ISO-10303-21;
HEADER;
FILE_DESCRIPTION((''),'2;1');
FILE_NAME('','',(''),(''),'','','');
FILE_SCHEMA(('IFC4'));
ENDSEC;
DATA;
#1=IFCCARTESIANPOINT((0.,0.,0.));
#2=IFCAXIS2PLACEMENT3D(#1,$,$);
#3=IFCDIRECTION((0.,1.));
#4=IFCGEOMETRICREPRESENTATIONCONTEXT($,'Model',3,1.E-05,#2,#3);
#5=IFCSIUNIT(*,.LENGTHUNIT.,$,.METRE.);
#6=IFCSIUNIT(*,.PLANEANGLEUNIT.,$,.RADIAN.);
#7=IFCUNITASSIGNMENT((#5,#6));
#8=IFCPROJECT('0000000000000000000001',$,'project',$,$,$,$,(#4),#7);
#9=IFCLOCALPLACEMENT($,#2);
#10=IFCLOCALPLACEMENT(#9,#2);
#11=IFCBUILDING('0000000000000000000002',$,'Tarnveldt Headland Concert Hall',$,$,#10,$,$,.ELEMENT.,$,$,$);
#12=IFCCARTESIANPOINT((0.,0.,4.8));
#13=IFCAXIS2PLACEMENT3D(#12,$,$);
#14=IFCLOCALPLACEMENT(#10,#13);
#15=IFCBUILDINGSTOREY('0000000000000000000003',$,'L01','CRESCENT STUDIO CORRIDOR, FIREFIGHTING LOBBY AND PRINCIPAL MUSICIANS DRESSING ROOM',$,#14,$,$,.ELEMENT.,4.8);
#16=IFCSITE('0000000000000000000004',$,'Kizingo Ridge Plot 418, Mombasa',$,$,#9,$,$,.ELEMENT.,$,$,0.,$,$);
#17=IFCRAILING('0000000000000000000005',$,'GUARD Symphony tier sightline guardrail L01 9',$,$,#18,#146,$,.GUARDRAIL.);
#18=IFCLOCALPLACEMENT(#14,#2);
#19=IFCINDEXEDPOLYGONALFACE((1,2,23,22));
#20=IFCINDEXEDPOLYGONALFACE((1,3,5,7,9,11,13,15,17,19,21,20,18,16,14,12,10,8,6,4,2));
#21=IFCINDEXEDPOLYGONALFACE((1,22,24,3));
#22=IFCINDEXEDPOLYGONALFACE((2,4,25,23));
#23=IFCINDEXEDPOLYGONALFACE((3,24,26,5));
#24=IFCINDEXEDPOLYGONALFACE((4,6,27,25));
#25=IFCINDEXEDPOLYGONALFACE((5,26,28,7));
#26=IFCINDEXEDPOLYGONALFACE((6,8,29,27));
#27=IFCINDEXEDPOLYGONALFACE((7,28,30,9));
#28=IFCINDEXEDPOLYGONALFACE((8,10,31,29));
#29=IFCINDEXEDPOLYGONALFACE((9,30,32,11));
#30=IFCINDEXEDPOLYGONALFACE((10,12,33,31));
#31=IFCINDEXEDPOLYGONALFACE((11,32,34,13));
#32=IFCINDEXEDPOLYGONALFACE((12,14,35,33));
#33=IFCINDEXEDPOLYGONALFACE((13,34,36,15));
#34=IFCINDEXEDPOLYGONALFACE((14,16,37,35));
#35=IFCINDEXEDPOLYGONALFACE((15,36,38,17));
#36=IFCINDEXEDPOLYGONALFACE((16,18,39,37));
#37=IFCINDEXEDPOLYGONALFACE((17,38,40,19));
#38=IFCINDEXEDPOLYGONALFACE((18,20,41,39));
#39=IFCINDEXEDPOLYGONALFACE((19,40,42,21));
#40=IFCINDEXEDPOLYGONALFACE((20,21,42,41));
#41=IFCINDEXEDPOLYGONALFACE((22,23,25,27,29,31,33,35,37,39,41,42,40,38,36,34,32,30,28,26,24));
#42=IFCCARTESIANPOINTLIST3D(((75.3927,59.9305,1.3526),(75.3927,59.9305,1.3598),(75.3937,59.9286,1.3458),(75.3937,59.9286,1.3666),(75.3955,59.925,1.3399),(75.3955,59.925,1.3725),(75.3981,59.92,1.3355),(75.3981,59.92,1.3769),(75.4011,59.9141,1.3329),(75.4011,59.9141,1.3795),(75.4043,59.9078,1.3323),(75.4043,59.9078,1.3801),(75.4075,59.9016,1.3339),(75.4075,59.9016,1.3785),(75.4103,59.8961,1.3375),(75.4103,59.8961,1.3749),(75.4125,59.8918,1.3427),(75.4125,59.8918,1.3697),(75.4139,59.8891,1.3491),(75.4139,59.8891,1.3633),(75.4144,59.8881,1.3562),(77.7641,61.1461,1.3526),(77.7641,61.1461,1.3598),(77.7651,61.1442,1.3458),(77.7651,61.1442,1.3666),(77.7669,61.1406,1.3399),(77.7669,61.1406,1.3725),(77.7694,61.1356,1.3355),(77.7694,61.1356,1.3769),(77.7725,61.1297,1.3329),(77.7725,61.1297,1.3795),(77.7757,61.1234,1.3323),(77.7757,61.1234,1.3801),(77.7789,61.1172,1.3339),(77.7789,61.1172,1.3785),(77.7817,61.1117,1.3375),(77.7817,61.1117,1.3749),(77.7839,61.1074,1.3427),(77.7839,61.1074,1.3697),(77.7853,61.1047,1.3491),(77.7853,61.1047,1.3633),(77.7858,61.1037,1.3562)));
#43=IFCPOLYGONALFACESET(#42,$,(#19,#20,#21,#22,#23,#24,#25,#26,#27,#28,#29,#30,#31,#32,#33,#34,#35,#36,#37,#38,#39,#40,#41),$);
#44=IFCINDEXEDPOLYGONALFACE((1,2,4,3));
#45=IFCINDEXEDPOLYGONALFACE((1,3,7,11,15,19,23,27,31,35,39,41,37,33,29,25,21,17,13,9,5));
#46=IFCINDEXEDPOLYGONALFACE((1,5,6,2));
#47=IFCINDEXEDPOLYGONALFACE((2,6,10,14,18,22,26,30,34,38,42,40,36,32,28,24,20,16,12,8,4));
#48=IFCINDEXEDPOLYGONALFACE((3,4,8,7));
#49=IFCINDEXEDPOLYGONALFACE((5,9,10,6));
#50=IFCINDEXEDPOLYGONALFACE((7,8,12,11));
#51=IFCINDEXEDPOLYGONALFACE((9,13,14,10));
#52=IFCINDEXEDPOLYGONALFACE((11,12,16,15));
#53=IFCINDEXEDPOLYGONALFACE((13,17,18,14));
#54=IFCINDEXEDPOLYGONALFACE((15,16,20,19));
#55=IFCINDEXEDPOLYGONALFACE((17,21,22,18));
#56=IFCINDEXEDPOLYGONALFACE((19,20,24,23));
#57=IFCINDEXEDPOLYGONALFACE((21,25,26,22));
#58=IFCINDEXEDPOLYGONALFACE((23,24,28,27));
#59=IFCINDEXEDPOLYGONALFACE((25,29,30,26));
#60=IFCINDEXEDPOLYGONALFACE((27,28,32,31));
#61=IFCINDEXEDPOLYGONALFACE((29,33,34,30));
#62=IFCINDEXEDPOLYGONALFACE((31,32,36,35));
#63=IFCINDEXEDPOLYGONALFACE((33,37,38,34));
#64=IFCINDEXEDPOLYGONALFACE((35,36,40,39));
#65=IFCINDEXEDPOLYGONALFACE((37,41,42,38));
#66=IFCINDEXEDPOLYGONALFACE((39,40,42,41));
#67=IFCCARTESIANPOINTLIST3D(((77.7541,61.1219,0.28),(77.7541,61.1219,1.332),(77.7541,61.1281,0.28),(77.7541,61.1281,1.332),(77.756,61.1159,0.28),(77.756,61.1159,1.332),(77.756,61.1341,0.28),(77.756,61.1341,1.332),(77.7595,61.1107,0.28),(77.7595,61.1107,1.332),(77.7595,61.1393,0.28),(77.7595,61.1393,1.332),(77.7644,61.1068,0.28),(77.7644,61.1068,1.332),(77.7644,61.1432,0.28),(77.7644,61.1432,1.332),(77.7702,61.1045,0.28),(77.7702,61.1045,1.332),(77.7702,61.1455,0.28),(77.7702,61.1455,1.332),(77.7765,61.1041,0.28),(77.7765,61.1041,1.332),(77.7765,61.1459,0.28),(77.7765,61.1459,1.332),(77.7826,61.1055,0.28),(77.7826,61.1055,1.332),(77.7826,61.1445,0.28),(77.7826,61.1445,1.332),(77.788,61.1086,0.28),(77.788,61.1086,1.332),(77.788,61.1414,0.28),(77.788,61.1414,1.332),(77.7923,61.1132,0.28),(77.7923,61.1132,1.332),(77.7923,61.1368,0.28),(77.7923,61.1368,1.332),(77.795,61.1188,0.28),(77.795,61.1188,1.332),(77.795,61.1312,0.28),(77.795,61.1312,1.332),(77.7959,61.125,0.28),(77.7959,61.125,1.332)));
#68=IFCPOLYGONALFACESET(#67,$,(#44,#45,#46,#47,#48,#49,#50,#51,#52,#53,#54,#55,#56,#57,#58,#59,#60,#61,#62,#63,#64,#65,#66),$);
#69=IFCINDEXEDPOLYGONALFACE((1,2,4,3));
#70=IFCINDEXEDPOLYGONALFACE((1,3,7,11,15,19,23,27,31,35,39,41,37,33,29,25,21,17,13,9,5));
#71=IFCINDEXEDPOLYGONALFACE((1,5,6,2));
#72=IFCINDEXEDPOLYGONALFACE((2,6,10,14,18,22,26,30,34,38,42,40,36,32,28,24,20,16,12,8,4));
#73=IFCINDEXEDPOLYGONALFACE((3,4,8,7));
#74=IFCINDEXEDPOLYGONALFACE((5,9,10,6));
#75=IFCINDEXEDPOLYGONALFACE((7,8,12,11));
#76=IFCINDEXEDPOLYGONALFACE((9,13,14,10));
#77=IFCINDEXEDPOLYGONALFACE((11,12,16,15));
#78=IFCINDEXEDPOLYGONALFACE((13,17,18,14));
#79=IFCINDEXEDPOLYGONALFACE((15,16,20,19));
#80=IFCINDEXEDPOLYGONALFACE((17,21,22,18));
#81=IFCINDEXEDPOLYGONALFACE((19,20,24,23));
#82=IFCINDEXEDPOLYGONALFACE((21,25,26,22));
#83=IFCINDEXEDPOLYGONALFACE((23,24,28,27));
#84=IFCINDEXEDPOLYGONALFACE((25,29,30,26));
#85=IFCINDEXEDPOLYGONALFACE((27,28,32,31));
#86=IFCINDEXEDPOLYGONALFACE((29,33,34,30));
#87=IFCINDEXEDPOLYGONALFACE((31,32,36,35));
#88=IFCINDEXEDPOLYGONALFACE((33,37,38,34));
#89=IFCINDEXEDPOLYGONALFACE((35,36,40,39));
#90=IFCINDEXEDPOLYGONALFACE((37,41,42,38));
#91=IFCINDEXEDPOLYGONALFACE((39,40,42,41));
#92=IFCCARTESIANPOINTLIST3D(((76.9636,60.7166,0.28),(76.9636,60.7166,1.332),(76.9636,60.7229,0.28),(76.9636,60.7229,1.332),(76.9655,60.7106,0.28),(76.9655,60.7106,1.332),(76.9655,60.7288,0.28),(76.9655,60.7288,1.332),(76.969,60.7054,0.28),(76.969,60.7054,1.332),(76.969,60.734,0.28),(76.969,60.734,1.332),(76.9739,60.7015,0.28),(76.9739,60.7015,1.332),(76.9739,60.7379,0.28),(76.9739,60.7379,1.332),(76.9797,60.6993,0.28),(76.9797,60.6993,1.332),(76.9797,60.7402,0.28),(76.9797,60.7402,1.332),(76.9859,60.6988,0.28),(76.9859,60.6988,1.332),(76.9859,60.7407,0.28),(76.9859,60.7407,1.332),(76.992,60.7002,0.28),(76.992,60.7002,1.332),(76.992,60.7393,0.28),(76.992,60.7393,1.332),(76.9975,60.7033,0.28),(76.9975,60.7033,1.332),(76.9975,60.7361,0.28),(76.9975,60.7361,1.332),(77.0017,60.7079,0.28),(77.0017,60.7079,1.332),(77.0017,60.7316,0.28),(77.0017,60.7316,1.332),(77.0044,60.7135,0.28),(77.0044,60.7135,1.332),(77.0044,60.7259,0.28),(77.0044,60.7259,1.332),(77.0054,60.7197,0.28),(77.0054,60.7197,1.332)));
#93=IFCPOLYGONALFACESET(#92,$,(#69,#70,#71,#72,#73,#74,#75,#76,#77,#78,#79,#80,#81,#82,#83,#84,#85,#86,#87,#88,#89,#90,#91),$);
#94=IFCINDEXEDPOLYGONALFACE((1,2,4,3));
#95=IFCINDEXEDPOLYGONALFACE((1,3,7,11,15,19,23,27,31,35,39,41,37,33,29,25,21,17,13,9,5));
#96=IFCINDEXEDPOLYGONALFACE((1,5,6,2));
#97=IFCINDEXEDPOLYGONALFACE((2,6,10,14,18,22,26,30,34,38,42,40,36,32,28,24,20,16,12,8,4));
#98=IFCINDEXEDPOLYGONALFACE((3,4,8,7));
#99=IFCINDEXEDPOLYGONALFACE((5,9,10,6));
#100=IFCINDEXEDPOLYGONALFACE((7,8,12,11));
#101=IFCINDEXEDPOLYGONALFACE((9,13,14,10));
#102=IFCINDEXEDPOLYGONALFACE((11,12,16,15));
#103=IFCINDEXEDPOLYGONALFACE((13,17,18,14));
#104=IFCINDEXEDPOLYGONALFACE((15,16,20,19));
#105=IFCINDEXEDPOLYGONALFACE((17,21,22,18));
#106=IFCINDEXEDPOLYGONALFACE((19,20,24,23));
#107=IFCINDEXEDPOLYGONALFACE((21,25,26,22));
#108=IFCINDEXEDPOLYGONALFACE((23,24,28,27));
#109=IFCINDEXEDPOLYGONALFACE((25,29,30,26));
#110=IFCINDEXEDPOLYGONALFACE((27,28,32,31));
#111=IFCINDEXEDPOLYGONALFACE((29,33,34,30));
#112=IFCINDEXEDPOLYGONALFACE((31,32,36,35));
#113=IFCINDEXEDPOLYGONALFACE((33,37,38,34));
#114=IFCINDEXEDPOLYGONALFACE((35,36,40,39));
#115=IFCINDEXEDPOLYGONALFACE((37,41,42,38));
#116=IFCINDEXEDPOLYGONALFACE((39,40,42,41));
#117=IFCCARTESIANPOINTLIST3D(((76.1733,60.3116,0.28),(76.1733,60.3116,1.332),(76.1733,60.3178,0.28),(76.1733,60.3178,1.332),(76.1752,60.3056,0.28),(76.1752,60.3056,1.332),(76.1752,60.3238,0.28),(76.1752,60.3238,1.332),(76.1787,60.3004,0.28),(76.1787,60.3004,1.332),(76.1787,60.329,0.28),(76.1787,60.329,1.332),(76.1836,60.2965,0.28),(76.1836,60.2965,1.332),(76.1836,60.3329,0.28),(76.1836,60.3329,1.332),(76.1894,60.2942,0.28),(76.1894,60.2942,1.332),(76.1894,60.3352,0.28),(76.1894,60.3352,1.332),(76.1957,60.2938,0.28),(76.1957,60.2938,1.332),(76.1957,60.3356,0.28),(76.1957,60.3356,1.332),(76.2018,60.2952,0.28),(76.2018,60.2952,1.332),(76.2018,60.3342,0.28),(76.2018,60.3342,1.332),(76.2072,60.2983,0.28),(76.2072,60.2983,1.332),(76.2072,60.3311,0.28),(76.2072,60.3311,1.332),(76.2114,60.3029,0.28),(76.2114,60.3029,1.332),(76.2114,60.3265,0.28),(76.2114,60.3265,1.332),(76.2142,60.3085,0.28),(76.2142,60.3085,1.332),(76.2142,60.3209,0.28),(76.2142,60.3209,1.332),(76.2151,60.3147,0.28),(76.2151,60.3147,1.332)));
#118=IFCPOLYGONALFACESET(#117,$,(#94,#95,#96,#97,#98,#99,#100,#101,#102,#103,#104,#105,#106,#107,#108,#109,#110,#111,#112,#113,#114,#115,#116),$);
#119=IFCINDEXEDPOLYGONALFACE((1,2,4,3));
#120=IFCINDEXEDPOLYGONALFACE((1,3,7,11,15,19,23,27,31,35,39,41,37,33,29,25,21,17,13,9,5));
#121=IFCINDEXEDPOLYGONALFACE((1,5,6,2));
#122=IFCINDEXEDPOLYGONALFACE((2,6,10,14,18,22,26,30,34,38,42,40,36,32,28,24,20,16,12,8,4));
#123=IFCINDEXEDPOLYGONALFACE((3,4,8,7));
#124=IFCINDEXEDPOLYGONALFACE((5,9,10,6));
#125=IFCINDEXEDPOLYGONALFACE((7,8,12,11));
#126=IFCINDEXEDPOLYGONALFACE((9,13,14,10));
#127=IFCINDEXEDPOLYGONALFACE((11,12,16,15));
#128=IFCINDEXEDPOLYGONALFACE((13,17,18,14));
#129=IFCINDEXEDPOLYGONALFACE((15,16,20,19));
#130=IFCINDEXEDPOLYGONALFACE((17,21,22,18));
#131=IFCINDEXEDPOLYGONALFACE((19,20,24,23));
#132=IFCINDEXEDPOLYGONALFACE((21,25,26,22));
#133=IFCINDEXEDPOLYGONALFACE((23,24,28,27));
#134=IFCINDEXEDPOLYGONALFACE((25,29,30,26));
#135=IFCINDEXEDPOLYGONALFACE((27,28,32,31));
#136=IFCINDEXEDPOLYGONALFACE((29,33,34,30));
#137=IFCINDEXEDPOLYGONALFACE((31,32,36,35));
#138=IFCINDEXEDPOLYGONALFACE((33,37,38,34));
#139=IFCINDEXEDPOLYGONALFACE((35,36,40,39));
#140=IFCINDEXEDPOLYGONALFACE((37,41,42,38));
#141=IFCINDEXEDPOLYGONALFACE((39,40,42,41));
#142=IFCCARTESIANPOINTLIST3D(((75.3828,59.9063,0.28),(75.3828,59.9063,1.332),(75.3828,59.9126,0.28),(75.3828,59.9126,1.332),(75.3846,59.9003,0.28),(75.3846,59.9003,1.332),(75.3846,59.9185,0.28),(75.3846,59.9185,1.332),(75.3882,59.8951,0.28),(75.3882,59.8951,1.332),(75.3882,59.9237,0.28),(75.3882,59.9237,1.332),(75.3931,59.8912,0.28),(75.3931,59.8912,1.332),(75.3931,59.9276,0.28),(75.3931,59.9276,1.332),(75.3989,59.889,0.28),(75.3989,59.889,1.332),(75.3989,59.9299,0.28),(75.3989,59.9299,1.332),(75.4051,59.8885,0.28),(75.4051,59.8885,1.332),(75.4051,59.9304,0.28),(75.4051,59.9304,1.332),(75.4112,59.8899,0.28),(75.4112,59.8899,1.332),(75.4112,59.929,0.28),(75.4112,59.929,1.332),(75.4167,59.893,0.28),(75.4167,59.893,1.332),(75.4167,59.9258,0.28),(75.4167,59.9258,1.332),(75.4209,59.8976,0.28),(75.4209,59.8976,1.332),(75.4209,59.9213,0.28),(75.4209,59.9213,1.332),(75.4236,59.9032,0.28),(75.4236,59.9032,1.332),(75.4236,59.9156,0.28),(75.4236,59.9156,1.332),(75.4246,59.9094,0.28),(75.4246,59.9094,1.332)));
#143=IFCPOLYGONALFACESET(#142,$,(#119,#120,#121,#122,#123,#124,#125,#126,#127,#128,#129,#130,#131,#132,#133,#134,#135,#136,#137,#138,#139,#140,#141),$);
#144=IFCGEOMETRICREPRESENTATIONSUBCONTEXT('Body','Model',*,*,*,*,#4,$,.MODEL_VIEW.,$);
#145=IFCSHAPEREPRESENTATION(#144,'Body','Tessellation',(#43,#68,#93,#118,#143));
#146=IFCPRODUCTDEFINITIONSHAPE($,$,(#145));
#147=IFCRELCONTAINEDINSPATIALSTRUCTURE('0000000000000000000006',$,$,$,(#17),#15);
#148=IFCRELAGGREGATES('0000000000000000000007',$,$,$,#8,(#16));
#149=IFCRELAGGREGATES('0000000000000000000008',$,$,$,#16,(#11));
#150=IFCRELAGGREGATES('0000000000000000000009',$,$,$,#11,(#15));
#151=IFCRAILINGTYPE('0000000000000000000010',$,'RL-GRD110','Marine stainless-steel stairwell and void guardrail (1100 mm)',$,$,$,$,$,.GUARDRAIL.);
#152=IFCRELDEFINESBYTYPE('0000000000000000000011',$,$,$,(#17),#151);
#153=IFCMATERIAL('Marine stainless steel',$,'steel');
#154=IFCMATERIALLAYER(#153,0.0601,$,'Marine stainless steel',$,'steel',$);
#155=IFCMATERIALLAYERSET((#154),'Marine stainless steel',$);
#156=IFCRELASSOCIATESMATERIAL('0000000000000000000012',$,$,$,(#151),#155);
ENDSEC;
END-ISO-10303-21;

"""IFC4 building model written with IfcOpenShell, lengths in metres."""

from ifc_helpers import new_model, si_unit, direction, frame, origin, origin_2d, place, context, subcontext, project, spatial, circle, extrude, material, layer, layer_set, type_object, element, save


model = new_model("IFC4")

# Units and contexts
model_context = context("Model", 3, precision=1e-05, world=origin(), true_north=direction((0.0, 1.0)))
body_context = subcontext(model_context, "Body", "Model", "MODEL_VIEW")
ifc_project = project(units=[si_unit("LENGTHUNIT", "METRE"), si_unit("PLANEANGLEUNIT", "RADIAN")], contexts=[model_context])

# Site, building, storey
site_placement = place(None, origin())
site = spatial("IfcSite", under=ifc_project, at=site_placement, Name="Kizingo Ridge Plot 418, Mombasa", CompositionType="ELEMENT", RefElevation=0.0)
building_placement = place(site_placement, origin())
building = spatial("IfcBuilding", under=site, at=building_placement, Name="Tarnveldt Headland Concert Hall", CompositionType="ELEMENT")
storey_placement = place(building_placement, frame((0.0, 0.0, 4.8)))
storey = spatial("IfcBuildingStorey", under=building, at=storey_placement, Name="L01", Description="CRESCENT STUDIO CORRIDOR, FIREFIGHTING LOBBY AND PRINCIPAL MUSICIANS DRESSING ROOM", CompositionType="ELEMENT", Elevation=4.8)

# Railing
ifc_material_1 = material(Name="Marine stainless steel", Category="steel")
ifc_layer_1 = layer(ifc_material_1, 0.0601, Name="Marine stainless steel", Category="steel")
ifc_layer_set_1 = layer_set([ifc_layer_1], Name="Marine stainless steel")
railing_type = type_object("IfcRailingType", Name="RL-GRD110", Description="Marine stainless-steel stairwell and void guardrail (1100 mm)", PredefinedType="GUARDRAIL", material=ifc_layer_set_1)
railing_1_placement = place(storey_placement, frame((77.7749, 61.125, 0.28)))
element("IfcRailing", 1, at=railing_1_placement, inside=storey, type_object=railing_type, Name="GUARD Symphony tier sightline guardrail L01 9", PredefinedType="GUARDRAIL", context=body_context, shape_type="SweptSolid", body=[
    extrude(circle(Radius=0.0239, at=origin_2d()), frame((0.0, 0.0, 1.0762), z_axis=(-0.889893, -0.45617, 0.0), x_axis=(0.45617, -0.889893, 0.0)), (0.0, 0.0, 1.0), 2.6648),
    extrude(circle(Radius=0.021, at=origin_2d()), origin(), (0.0, 0.0, 1.0), 1.052),
    extrude(circle(Radius=0.021, at=origin_2d()), frame((-0.7905, -0.4053, 0.0)), (0.0, 0.0, 1.0), 1.052),
    extrude(circle(Radius=0.021, at=origin_2d()), frame((-1.5808, -0.8103, 0.0)), (0.0, 0.0, 1.0), 1.052),
    extrude(circle(Radius=0.021, at=origin_2d()), frame((-2.3713, -1.2156, 0.0)), (0.0, 0.0, 1.0), 1.052),
])

save(model, "model.ifc")
